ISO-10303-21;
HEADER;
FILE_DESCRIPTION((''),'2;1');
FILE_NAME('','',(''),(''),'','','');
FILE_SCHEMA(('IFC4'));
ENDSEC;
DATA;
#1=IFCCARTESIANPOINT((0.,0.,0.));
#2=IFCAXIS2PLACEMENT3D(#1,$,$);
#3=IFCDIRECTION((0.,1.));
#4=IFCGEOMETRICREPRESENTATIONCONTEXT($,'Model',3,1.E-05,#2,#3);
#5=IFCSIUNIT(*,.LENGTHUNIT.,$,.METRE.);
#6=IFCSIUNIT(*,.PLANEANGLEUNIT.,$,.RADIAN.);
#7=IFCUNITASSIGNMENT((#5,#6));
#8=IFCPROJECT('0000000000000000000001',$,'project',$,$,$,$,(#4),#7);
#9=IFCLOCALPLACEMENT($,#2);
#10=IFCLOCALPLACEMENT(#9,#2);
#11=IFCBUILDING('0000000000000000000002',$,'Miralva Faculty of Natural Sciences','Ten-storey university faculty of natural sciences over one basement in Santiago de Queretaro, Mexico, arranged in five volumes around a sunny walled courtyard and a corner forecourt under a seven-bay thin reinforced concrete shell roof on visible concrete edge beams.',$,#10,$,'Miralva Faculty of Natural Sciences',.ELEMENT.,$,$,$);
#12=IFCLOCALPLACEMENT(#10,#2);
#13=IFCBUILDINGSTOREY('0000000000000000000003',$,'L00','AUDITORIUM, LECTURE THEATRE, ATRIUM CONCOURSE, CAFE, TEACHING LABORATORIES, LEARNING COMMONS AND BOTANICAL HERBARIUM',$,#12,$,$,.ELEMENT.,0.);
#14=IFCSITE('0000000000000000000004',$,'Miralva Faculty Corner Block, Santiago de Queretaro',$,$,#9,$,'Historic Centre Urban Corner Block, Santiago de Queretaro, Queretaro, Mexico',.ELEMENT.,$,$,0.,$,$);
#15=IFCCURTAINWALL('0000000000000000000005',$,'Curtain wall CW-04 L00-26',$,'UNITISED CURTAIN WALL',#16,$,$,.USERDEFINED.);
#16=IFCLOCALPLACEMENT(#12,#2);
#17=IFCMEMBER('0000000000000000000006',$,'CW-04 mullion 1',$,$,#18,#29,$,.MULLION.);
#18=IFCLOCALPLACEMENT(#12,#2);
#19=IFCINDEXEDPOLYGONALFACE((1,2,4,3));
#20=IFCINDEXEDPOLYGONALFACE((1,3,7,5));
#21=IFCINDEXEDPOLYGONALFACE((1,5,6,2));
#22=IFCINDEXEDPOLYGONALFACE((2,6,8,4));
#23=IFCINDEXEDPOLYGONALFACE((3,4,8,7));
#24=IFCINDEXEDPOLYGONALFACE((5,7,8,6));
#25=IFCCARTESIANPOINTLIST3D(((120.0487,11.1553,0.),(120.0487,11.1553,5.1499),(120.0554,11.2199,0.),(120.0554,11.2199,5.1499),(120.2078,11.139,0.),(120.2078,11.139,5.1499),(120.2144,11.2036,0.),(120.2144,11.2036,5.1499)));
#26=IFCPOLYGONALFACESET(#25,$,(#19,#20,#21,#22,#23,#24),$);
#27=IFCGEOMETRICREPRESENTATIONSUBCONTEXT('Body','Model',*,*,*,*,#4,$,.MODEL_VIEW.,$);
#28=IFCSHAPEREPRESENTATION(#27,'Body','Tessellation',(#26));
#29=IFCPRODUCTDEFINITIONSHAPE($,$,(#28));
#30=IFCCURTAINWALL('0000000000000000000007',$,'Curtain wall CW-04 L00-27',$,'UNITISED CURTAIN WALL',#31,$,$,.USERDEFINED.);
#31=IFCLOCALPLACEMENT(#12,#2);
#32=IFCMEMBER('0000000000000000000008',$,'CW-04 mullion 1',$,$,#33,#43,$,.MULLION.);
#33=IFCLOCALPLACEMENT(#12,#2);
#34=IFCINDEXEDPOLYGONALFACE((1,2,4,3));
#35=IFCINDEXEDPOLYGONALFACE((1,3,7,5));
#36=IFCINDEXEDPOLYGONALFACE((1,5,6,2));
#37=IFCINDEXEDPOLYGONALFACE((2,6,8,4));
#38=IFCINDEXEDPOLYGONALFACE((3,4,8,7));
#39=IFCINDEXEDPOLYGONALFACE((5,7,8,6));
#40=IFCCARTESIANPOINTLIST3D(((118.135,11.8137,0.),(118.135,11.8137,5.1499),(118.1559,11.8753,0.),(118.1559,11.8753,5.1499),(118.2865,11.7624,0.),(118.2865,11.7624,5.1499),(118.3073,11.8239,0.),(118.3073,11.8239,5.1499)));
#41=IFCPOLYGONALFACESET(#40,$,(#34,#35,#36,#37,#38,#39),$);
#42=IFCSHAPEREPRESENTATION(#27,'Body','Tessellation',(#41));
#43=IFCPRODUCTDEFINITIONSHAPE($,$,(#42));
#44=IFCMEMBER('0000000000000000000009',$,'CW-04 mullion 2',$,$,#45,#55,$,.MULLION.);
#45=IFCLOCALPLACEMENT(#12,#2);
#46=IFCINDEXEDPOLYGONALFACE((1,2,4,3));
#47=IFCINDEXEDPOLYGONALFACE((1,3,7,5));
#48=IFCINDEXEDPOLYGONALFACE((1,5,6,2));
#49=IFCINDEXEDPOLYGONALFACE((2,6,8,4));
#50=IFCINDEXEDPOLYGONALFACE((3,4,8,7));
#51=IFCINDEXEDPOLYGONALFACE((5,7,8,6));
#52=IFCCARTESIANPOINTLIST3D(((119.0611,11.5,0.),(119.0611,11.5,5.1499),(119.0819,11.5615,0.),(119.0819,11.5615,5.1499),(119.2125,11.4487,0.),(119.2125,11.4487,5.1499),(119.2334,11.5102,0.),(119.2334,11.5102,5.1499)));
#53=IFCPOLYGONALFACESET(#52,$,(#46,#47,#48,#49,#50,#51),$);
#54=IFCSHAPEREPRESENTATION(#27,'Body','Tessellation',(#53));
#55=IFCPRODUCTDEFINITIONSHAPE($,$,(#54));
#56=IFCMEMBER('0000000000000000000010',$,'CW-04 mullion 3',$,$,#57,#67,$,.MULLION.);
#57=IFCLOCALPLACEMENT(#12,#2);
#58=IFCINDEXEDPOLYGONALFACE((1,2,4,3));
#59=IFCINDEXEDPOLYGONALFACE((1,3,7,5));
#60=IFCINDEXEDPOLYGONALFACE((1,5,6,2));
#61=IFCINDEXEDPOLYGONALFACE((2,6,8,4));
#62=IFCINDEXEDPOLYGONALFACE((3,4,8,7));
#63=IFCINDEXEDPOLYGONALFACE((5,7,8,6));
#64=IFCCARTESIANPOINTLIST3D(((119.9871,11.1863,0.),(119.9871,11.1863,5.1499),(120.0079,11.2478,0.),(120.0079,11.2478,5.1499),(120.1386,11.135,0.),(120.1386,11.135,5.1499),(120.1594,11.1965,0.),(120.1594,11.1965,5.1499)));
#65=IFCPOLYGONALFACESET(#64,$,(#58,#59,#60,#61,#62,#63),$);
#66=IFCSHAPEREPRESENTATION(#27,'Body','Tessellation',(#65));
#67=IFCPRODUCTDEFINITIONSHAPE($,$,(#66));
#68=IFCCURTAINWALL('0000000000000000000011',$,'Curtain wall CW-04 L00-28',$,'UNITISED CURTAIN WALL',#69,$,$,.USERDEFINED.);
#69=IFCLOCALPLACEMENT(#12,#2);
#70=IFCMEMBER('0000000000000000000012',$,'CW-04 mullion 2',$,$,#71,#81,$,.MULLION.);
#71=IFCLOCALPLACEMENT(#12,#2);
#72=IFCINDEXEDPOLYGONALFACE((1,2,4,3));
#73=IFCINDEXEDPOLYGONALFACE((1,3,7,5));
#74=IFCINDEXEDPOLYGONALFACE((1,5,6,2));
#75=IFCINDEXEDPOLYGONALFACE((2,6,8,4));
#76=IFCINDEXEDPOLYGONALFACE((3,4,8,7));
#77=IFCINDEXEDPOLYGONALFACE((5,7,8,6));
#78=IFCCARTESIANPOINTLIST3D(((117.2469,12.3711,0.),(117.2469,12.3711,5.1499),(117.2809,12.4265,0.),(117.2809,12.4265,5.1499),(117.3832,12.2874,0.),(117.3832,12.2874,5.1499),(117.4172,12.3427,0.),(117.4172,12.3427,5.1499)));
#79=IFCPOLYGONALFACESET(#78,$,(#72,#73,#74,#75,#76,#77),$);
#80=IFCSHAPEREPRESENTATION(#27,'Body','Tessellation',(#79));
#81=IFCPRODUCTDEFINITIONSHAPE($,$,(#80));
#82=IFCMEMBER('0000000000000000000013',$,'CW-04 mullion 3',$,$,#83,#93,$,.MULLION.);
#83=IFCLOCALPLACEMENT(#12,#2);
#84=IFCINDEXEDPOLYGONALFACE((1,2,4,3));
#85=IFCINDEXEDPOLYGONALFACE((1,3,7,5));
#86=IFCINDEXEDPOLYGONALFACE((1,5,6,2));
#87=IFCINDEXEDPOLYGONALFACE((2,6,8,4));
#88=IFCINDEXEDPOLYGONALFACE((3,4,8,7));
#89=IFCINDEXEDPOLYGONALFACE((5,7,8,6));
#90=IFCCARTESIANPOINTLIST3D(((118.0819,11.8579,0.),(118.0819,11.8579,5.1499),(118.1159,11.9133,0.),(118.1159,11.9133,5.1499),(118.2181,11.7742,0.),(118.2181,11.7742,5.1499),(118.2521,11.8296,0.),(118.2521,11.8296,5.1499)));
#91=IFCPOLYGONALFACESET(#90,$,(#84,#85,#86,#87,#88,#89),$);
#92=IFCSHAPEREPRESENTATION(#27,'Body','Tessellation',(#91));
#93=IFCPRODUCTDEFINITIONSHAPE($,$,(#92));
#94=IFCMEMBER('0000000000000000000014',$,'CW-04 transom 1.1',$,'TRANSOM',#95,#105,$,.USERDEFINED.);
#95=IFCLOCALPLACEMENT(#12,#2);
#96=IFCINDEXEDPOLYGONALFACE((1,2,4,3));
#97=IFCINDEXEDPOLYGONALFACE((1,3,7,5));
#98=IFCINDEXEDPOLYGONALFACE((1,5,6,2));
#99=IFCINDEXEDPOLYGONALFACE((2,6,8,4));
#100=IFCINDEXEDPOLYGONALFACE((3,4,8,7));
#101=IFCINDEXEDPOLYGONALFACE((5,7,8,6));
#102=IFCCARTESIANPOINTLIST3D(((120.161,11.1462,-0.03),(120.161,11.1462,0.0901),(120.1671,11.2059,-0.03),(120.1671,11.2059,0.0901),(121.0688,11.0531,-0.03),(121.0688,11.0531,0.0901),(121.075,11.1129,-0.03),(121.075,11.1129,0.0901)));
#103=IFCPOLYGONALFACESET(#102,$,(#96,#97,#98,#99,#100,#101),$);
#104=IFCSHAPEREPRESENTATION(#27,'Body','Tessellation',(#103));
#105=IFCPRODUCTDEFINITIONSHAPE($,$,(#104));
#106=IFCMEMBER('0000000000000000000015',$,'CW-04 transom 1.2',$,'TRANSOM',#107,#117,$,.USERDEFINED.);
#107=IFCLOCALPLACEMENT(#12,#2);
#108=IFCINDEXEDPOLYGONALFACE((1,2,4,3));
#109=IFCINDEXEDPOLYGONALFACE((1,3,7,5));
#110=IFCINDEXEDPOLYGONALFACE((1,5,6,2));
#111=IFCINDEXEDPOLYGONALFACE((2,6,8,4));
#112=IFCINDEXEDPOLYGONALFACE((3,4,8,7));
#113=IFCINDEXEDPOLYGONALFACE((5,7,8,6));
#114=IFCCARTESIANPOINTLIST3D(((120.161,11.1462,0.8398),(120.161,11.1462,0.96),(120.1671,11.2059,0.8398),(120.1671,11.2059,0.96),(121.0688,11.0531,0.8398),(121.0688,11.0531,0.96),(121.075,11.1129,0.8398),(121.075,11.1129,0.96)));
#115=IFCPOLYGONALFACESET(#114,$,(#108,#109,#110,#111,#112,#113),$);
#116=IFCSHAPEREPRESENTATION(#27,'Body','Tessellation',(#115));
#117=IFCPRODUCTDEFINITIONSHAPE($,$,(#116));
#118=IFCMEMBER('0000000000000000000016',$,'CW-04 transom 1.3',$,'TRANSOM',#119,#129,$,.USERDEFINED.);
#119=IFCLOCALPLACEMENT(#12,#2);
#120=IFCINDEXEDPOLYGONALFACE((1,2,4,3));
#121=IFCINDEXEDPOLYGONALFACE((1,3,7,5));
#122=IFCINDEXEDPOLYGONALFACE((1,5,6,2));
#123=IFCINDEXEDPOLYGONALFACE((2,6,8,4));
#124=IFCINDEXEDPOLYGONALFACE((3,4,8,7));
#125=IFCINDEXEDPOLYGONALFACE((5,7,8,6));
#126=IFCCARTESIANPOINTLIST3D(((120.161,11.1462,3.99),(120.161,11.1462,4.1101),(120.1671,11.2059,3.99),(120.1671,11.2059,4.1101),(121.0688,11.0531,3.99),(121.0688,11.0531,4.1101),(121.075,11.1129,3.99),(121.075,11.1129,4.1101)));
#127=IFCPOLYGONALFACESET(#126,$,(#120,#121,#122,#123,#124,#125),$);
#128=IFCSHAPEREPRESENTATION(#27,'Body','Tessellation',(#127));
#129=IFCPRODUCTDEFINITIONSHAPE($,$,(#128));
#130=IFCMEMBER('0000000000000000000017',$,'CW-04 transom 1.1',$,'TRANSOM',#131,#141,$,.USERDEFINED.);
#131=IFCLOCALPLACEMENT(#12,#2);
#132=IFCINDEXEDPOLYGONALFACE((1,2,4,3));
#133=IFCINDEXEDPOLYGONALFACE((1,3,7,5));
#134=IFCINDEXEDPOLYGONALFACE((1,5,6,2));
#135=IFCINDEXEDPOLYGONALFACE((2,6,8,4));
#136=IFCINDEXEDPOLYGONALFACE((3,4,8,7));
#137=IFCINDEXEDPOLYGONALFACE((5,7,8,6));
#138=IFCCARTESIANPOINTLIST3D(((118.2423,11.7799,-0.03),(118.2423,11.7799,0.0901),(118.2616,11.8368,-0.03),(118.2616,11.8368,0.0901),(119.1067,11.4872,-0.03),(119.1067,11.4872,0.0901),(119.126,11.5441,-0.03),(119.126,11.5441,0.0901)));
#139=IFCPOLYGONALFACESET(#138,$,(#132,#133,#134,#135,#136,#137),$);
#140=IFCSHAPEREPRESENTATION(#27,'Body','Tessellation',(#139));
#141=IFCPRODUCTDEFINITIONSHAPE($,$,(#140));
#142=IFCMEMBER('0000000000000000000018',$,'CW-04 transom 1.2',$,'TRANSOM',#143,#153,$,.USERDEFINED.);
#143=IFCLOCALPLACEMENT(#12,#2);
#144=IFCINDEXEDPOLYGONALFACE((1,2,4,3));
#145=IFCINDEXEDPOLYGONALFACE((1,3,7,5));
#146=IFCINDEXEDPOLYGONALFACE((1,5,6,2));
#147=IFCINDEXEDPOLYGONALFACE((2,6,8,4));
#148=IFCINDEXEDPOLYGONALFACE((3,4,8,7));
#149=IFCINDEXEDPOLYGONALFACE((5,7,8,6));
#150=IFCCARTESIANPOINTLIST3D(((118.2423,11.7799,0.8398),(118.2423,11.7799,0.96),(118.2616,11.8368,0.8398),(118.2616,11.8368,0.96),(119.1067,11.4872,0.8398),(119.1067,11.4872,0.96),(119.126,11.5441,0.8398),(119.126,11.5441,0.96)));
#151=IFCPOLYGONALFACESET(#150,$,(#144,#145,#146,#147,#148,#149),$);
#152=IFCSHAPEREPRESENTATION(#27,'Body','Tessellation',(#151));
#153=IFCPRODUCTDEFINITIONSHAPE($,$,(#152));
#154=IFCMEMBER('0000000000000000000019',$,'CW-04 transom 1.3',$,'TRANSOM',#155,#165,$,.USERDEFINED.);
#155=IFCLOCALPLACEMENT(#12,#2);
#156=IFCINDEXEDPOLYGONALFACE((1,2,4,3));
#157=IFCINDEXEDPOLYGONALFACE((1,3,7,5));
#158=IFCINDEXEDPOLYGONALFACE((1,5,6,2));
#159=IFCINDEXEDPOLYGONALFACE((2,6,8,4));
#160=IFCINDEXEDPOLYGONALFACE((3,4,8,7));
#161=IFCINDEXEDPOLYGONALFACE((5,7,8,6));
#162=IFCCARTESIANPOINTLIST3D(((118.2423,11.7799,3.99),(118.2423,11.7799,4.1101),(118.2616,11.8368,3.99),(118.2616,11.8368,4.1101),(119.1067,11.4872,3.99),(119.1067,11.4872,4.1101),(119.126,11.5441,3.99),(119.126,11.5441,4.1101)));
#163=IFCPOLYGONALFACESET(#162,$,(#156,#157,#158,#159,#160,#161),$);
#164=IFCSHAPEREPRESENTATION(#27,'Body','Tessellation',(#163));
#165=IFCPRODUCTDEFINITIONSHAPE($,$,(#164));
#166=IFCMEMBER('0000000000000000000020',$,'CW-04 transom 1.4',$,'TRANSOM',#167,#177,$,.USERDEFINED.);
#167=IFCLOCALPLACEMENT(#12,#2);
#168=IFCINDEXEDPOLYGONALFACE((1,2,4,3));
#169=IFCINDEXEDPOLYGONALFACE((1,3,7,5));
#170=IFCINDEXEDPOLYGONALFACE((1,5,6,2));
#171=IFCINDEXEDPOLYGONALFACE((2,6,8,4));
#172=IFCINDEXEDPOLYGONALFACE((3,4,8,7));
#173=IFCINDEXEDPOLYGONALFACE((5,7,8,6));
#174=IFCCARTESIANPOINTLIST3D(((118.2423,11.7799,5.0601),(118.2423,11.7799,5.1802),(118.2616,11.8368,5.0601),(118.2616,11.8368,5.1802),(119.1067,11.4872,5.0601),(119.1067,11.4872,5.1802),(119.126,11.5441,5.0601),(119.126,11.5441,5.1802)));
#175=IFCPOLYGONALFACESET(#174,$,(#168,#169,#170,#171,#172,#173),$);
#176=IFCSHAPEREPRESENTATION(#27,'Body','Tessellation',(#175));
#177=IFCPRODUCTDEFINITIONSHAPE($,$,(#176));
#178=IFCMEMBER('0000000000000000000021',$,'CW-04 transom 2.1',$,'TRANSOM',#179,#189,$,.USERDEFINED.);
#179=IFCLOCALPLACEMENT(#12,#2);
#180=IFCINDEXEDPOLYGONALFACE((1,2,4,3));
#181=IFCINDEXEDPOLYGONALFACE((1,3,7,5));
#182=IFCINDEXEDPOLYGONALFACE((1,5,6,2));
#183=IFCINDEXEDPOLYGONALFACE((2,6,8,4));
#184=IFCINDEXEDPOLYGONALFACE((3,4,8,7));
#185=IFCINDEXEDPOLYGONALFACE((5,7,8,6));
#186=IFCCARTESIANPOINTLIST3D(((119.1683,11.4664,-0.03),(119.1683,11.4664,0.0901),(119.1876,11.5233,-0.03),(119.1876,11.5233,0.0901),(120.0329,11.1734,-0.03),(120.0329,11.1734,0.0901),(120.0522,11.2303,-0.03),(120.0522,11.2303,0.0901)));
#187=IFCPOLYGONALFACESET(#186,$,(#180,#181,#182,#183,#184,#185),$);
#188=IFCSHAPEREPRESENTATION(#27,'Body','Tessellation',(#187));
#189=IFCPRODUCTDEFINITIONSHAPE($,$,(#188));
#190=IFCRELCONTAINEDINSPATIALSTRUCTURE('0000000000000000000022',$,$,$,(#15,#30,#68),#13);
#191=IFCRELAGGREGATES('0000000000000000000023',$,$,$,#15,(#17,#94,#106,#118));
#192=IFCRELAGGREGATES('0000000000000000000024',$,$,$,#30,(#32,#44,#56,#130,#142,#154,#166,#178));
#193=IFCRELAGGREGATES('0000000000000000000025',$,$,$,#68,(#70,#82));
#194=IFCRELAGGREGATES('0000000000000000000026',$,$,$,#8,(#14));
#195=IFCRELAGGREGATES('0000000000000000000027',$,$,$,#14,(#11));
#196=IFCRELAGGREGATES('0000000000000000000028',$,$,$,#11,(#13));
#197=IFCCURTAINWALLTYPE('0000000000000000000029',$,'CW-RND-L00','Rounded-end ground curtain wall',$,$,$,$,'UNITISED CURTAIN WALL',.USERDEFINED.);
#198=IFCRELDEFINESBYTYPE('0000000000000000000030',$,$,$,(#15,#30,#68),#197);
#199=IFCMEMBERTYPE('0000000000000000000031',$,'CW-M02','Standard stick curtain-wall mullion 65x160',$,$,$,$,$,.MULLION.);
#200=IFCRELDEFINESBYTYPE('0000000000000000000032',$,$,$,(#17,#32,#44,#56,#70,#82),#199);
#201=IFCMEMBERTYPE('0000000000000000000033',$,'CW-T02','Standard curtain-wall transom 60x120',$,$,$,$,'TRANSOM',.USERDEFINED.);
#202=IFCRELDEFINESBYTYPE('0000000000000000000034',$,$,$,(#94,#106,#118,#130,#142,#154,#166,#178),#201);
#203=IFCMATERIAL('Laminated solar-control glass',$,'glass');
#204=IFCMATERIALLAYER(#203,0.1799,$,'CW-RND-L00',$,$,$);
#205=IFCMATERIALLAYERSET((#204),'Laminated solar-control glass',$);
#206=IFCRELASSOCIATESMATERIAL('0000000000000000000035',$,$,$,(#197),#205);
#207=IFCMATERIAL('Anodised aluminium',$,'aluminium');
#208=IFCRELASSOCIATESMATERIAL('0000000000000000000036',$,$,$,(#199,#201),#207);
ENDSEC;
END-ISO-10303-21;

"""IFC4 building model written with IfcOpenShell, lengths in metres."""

from ifc_helpers import new_model, si_unit, direction, frame, origin, origin_2d, place, context, subcontext, project, spatial, rectangle, extrude, material, layer, layer_set, material_profile, profile_set, type_object, element, aggregate, save


model = new_model("IFC4")

# Units and contexts
model_context = context("Model", 3, precision=1e-05, world=origin(), true_north=direction((0.0, 1.0)))
body_context = subcontext(model_context, "Body", "Model", "MODEL_VIEW")
ifc_project = project(units=[si_unit("LENGTHUNIT", "METRE"), si_unit("PLANEANGLEUNIT", "RADIAN")], contexts=[model_context])

# Site, building, storey
site_placement = place(None, origin())
site = spatial("IfcSite", under=ifc_project, at=site_placement, Name="Miralva Faculty Corner Block, Santiago de Queretaro", LongName="Historic Centre Urban Corner Block, Santiago de Queretaro, Queretaro, Mexico", CompositionType="ELEMENT", RefElevation=0.0)
building_placement = place(site_placement, origin())
building = spatial("IfcBuilding", under=site, at=building_placement, Name="Miralva Faculty of Natural Sciences", Description="Ten-storey university faculty of natural sciences over one basement in Santiago de Queretaro, Mexico, arranged in five volumes around a sunny walled courtyard and a corner forecourt under a seven-bay thin reinforced concrete shell roof on visible concrete edge beams.", LongName="Miralva Faculty of Natural Sciences", CompositionType="ELEMENT")
storey_placement = place(building_placement, origin())
storey = spatial("IfcBuildingStorey", under=building, at=storey_placement, Name="L00", Description="AUDITORIUM, LECTURE THEATRE, ATRIUM CONCOURSE, CAFE, TEACHING LABORATORIES, LEARNING COMMONS AND BOTANICAL HERBARIUM", CompositionType="ELEMENT", Elevation=0.0)

# Curtain wall, member
ifc_material_1 = material(Name="Laminated solar-control glass", Category="glass")
ifc_layer_1 = layer(ifc_material_1, 0.1799, Name="CW-RND-L00")
ifc_layer_set_1 = layer_set([ifc_layer_1], Name="Laminated solar-control glass")
curtain_wall_type = type_object("IfcCurtainWallType", Name="CW-RND-L00", Description="Rounded-end ground curtain wall", ElementType="UNITISED CURTAIN WALL", PredefinedType="USERDEFINED", material=ifc_layer_set_1)
curtain_wall_1_placement = place(storey_placement, origin())
curtain_wall_1 = element("IfcCurtainWall", 1, at=curtain_wall_1_placement, inside=storey, type_object=curtain_wall_type, Name="Curtain wall CW-04 L00-26", ObjectType="UNITISED CURTAIN WALL", PredefinedType="USERDEFINED")
ifc_material_2 = material(Name="Anodised aluminium", Category="aluminium")
ifc_material_profile_1 = material_profile(ifc_material_2, rectangle(XDim=0.0649, YDim=0.1599, at=origin_2d()), Name="MULLION 65x160")
ifc_profile_set_1 = profile_set([ifc_material_profile_1], Name="Anodised aluminium")
member_type_1 = type_object("IfcMemberType", Name="CW-M02", Description="Standard stick curtain-wall mullion 65x160", PredefinedType="MULLION", material=ifc_profile_set_1)
member_1_placement = place(storey_placement, frame((120.1316, 11.1794, 0.0), z_axis=(0.0, 0.0, 1.0), x_axis=(0.102056, 0.994779, 0.0)))
member_1 = element("IfcMember", 2, at=member_1_placement, type_object=member_type_1, Name="CW-04 mullion 1", PredefinedType="MULLION", context=body_context, shape_type="SweptSolid", body=[
    extrude(rectangle(XDim=0.0649, YDim=0.1599, at=origin_2d()), origin(), (0.0, 0.0, 1.0), 5.1499),
])

# Curtain walls, members
curtain_wall_2_placement = place(storey_placement, origin())
curtain_wall_2 = element("IfcCurtainWall", 3, at=curtain_wall_2_placement, inside=storey, type_object=curtain_wall_type, Name="Curtain wall CW-04 L00-27", ObjectType="UNITISED CURTAIN WALL", PredefinedType="USERDEFINED")
member_2_placement = place(storey_placement, frame((118.2212, 11.8188, 0.0), z_axis=(0.0, 0.0, 1.0), x_axis=(0.320842, 0.947133, 0.0)))
member_2 = element("IfcMember", 4, at=member_2_placement, type_object=member_type_1, Name="CW-04 mullion 1", PredefinedType="MULLION", context=body_context, shape_type="SweptSolid", body=[
    extrude(rectangle(XDim=0.0649, YDim=0.1599, at=origin_2d()), origin(), (0.0, 0.0, 1.0), 5.1499),
])
member_3_placement = place(storey_placement, frame((119.1472, 11.5051, 0.0), z_axis=(0.0, 0.0, 1.0), x_axis=(0.320842, 0.947133, 0.0)))
member_3 = element("IfcMember", 5, at=member_3_placement, type_object=member_type_1, Name="CW-04 mullion 2", PredefinedType="MULLION", context=body_context, shape_type="SweptSolid", body=[
    extrude(rectangle(XDim=0.0649, YDim=0.1599, at=origin_2d()), origin(), (0.0, 0.0, 1.0), 5.1499),
])
member_4_placement = place(storey_placement, frame((120.0732, 11.1914, 0.0), z_axis=(0.0, 0.0, 1.0), x_axis=(0.320842, 0.947133, 0.0)))
member_4 = element("IfcMember", 6, at=member_4_placement, type_object=member_type_1, Name="CW-04 mullion 3", PredefinedType="MULLION", context=body_context, shape_type="SweptSolid", body=[
    extrude(rectangle(XDim=0.0649, YDim=0.1599, at=origin_2d()), origin(), (0.0, 0.0, 1.0), 5.1499),
])
curtain_wall_3_placement = place(storey_placement, origin())
curtain_wall_3 = element("IfcCurtainWall", 7, at=curtain_wall_3_placement, inside=storey, type_object=curtain_wall_type, Name="Curtain wall CW-04 L00-28", ObjectType="UNITISED CURTAIN WALL", PredefinedType="USERDEFINED")
member_5_placement = place(storey_placement, frame((117.332, 12.3569, 0.0), z_axis=(0.0, 0.0, 1.0), x_axis=(0.523535, 0.852004, 0.0)))
member_5 = element("IfcMember", 8, at=member_5_placement, type_object=member_type_1, Name="CW-04 mullion 2", PredefinedType="MULLION", context=body_context, shape_type="SweptSolid", body=[
    extrude(rectangle(XDim=0.0649, YDim=0.1599, at=origin_2d()), origin(), (0.0, 0.0, 1.0), 5.1499),
])
member_6_placement = place(storey_placement, frame((118.167, 11.8438, 0.0), z_axis=(0.0, 0.0, 1.0), x_axis=(0.523535, 0.852004, 0.0)))
member_6 = element("IfcMember", 9, at=member_6_placement, type_object=member_type_1, Name="CW-04 mullion 3", PredefinedType="MULLION", context=body_context, shape_type="SweptSolid", body=[
    extrude(rectangle(XDim=0.0649, YDim=0.1599, at=origin_2d()), origin(), (0.0, 0.0, 1.0), 5.1499),
])

# Members
ifc_material_profile_2 = material_profile(ifc_material_2, rectangle(XDim=0.0601, YDim=0.1201, at=origin_2d()), Name="TRANSOM 60x120")
ifc_profile_set_2 = profile_set([ifc_material_profile_2], Name="Anodised aluminium")
member_type_2 = type_object("IfcMemberType", Name="CW-T02", Description="Standard curtain-wall transom 60x120", ElementType="TRANSOM", PredefinedType="USERDEFINED", material=ifc_profile_set_2)
member_7_placement = place(storey_placement, frame((120.1641, 11.176, 0.03), z_axis=(0.994793, -0.101913, 0.0), x_axis=(0.101913, 0.994793, 0.0)))
member_7 = element("IfcMember", 10, at=member_7_placement, type_object=member_type_2, Name="CW-04 transom 1.1", ObjectType="TRANSOM", PredefinedType="USERDEFINED", context=body_context, shape_type="SweptSolid", body=[
    extrude(rectangle(XDim=0.0601, YDim=0.1201, at=origin_2d()), origin(), (0.0, 0.0, 1.0), 0.9126),
])
member_8_placement = place(storey_placement, frame((120.1641, 11.176, 0.8999), z_axis=(0.994793, -0.101913, 0.0), x_axis=(0.101913, 0.994793, 0.0)))
member_8 = element("IfcMember", 11, at=member_8_placement, type_object=member_type_2, Name="CW-04 transom 1.2", ObjectType="TRANSOM", PredefinedType="USERDEFINED", context=body_context, shape_type="SweptSolid", body=[
    extrude(rectangle(XDim=0.0601, YDim=0.1201, at=origin_2d()), origin(), (0.0, 0.0, 1.0), 0.9126),
])
member_9_placement = place(storey_placement, frame((120.1641, 11.176, 4.05), z_axis=(0.994793, -0.101913, 0.0), x_axis=(0.101913, 0.994793, 0.0)))
member_9 = element("IfcMember", 12, at=member_9_placement, type_object=member_type_2, Name="CW-04 transom 1.3", ObjectType="TRANSOM", PredefinedType="USERDEFINED", context=body_context, shape_type="SweptSolid", body=[
    extrude(rectangle(XDim=0.0601, YDim=0.1201, at=origin_2d()), origin(), (0.0, 0.0, 1.0), 0.9126),
])
aggregate(curtain_wall_1, [member_1, member_7, member_8, member_9])
member_10_placement = place(storey_placement, frame((118.252, 11.8083, 0.03), z_axis=(0.947175, -0.320718, 0.0), x_axis=(0.320718, 0.947175, 0.0)))
member_10 = element("IfcMember", 13, at=member_10_placement, type_object=member_type_2, Name="CW-04 transom 1.1", ObjectType="TRANSOM", PredefinedType="USERDEFINED", context=body_context, shape_type="SweptSolid", body=[
    extrude(rectangle(XDim=0.0601, YDim=0.1201, at=origin_2d()), origin(), (0.0, 0.0, 1.0), 0.9126),
])
member_11_placement = place(storey_placement, frame((118.252, 11.8083, 0.8999), z_axis=(0.947175, -0.320718, 0.0), x_axis=(0.320718, 0.947175, 0.0)))
member_11 = element("IfcMember", 14, at=member_11_placement, type_object=member_type_2, Name="CW-04 transom 1.2", ObjectType="TRANSOM", PredefinedType="USERDEFINED", context=body_context, shape_type="SweptSolid", body=[
    extrude(rectangle(XDim=0.0601, YDim=0.1201, at=origin_2d()), origin(), (0.0, 0.0, 1.0), 0.9126),
])
member_12_placement = place(storey_placement, frame((118.252, 11.8083, 4.05), z_axis=(0.947175, -0.320718, 0.0), x_axis=(0.320718, 0.947175, 0.0)))
member_12 = element("IfcMember", 15, at=member_12_placement, type_object=member_type_2, Name="CW-04 transom 1.3", ObjectType="TRANSOM", PredefinedType="USERDEFINED", context=body_context, shape_type="SweptSolid", body=[
    extrude(rectangle(XDim=0.0601, YDim=0.1201, at=origin_2d()), origin(), (0.0, 0.0, 1.0), 0.9126),
])
member_13_placement = place(storey_placement, frame((118.252, 11.8083, 5.1201), z_axis=(0.947175, -0.320718, 0.0), x_axis=(0.320718, 0.947175, 0.0)))
member_13 = element("IfcMember", 16, at=member_13_placement, type_object=member_type_2, Name="CW-04 transom 1.4", ObjectType="TRANSOM", PredefinedType="USERDEFINED", context=body_context, shape_type="SweptSolid", body=[
    extrude(rectangle(XDim=0.0601, YDim=0.1201, at=origin_2d()), origin(), (0.0, 0.0, 1.0), 0.9126),
])
member_14_placement = place(storey_placement, frame((119.178, 11.4949, 0.03), z_axis=(0.947093, -0.320958, 0.0), x_axis=(0.320958, 0.947093, 0.0)))
member_14 = element("IfcMember", 17, at=member_14_placement, type_object=member_type_2, Name="CW-04 transom 2.1", ObjectType="TRANSOM", PredefinedType="USERDEFINED", context=body_context, shape_type="SweptSolid", body=[
    extrude(rectangle(XDim=0.0601, YDim=0.1201, at=origin_2d()), origin(), (0.0, 0.0, 1.0), 0.9128),
])

aggregate(curtain_wall_2, [member_2, member_3, member_4, member_10, member_11, member_12, member_13, member_14])
aggregate(curtain_wall_3, [member_5, member_6])

save(model, "model.ifc")
